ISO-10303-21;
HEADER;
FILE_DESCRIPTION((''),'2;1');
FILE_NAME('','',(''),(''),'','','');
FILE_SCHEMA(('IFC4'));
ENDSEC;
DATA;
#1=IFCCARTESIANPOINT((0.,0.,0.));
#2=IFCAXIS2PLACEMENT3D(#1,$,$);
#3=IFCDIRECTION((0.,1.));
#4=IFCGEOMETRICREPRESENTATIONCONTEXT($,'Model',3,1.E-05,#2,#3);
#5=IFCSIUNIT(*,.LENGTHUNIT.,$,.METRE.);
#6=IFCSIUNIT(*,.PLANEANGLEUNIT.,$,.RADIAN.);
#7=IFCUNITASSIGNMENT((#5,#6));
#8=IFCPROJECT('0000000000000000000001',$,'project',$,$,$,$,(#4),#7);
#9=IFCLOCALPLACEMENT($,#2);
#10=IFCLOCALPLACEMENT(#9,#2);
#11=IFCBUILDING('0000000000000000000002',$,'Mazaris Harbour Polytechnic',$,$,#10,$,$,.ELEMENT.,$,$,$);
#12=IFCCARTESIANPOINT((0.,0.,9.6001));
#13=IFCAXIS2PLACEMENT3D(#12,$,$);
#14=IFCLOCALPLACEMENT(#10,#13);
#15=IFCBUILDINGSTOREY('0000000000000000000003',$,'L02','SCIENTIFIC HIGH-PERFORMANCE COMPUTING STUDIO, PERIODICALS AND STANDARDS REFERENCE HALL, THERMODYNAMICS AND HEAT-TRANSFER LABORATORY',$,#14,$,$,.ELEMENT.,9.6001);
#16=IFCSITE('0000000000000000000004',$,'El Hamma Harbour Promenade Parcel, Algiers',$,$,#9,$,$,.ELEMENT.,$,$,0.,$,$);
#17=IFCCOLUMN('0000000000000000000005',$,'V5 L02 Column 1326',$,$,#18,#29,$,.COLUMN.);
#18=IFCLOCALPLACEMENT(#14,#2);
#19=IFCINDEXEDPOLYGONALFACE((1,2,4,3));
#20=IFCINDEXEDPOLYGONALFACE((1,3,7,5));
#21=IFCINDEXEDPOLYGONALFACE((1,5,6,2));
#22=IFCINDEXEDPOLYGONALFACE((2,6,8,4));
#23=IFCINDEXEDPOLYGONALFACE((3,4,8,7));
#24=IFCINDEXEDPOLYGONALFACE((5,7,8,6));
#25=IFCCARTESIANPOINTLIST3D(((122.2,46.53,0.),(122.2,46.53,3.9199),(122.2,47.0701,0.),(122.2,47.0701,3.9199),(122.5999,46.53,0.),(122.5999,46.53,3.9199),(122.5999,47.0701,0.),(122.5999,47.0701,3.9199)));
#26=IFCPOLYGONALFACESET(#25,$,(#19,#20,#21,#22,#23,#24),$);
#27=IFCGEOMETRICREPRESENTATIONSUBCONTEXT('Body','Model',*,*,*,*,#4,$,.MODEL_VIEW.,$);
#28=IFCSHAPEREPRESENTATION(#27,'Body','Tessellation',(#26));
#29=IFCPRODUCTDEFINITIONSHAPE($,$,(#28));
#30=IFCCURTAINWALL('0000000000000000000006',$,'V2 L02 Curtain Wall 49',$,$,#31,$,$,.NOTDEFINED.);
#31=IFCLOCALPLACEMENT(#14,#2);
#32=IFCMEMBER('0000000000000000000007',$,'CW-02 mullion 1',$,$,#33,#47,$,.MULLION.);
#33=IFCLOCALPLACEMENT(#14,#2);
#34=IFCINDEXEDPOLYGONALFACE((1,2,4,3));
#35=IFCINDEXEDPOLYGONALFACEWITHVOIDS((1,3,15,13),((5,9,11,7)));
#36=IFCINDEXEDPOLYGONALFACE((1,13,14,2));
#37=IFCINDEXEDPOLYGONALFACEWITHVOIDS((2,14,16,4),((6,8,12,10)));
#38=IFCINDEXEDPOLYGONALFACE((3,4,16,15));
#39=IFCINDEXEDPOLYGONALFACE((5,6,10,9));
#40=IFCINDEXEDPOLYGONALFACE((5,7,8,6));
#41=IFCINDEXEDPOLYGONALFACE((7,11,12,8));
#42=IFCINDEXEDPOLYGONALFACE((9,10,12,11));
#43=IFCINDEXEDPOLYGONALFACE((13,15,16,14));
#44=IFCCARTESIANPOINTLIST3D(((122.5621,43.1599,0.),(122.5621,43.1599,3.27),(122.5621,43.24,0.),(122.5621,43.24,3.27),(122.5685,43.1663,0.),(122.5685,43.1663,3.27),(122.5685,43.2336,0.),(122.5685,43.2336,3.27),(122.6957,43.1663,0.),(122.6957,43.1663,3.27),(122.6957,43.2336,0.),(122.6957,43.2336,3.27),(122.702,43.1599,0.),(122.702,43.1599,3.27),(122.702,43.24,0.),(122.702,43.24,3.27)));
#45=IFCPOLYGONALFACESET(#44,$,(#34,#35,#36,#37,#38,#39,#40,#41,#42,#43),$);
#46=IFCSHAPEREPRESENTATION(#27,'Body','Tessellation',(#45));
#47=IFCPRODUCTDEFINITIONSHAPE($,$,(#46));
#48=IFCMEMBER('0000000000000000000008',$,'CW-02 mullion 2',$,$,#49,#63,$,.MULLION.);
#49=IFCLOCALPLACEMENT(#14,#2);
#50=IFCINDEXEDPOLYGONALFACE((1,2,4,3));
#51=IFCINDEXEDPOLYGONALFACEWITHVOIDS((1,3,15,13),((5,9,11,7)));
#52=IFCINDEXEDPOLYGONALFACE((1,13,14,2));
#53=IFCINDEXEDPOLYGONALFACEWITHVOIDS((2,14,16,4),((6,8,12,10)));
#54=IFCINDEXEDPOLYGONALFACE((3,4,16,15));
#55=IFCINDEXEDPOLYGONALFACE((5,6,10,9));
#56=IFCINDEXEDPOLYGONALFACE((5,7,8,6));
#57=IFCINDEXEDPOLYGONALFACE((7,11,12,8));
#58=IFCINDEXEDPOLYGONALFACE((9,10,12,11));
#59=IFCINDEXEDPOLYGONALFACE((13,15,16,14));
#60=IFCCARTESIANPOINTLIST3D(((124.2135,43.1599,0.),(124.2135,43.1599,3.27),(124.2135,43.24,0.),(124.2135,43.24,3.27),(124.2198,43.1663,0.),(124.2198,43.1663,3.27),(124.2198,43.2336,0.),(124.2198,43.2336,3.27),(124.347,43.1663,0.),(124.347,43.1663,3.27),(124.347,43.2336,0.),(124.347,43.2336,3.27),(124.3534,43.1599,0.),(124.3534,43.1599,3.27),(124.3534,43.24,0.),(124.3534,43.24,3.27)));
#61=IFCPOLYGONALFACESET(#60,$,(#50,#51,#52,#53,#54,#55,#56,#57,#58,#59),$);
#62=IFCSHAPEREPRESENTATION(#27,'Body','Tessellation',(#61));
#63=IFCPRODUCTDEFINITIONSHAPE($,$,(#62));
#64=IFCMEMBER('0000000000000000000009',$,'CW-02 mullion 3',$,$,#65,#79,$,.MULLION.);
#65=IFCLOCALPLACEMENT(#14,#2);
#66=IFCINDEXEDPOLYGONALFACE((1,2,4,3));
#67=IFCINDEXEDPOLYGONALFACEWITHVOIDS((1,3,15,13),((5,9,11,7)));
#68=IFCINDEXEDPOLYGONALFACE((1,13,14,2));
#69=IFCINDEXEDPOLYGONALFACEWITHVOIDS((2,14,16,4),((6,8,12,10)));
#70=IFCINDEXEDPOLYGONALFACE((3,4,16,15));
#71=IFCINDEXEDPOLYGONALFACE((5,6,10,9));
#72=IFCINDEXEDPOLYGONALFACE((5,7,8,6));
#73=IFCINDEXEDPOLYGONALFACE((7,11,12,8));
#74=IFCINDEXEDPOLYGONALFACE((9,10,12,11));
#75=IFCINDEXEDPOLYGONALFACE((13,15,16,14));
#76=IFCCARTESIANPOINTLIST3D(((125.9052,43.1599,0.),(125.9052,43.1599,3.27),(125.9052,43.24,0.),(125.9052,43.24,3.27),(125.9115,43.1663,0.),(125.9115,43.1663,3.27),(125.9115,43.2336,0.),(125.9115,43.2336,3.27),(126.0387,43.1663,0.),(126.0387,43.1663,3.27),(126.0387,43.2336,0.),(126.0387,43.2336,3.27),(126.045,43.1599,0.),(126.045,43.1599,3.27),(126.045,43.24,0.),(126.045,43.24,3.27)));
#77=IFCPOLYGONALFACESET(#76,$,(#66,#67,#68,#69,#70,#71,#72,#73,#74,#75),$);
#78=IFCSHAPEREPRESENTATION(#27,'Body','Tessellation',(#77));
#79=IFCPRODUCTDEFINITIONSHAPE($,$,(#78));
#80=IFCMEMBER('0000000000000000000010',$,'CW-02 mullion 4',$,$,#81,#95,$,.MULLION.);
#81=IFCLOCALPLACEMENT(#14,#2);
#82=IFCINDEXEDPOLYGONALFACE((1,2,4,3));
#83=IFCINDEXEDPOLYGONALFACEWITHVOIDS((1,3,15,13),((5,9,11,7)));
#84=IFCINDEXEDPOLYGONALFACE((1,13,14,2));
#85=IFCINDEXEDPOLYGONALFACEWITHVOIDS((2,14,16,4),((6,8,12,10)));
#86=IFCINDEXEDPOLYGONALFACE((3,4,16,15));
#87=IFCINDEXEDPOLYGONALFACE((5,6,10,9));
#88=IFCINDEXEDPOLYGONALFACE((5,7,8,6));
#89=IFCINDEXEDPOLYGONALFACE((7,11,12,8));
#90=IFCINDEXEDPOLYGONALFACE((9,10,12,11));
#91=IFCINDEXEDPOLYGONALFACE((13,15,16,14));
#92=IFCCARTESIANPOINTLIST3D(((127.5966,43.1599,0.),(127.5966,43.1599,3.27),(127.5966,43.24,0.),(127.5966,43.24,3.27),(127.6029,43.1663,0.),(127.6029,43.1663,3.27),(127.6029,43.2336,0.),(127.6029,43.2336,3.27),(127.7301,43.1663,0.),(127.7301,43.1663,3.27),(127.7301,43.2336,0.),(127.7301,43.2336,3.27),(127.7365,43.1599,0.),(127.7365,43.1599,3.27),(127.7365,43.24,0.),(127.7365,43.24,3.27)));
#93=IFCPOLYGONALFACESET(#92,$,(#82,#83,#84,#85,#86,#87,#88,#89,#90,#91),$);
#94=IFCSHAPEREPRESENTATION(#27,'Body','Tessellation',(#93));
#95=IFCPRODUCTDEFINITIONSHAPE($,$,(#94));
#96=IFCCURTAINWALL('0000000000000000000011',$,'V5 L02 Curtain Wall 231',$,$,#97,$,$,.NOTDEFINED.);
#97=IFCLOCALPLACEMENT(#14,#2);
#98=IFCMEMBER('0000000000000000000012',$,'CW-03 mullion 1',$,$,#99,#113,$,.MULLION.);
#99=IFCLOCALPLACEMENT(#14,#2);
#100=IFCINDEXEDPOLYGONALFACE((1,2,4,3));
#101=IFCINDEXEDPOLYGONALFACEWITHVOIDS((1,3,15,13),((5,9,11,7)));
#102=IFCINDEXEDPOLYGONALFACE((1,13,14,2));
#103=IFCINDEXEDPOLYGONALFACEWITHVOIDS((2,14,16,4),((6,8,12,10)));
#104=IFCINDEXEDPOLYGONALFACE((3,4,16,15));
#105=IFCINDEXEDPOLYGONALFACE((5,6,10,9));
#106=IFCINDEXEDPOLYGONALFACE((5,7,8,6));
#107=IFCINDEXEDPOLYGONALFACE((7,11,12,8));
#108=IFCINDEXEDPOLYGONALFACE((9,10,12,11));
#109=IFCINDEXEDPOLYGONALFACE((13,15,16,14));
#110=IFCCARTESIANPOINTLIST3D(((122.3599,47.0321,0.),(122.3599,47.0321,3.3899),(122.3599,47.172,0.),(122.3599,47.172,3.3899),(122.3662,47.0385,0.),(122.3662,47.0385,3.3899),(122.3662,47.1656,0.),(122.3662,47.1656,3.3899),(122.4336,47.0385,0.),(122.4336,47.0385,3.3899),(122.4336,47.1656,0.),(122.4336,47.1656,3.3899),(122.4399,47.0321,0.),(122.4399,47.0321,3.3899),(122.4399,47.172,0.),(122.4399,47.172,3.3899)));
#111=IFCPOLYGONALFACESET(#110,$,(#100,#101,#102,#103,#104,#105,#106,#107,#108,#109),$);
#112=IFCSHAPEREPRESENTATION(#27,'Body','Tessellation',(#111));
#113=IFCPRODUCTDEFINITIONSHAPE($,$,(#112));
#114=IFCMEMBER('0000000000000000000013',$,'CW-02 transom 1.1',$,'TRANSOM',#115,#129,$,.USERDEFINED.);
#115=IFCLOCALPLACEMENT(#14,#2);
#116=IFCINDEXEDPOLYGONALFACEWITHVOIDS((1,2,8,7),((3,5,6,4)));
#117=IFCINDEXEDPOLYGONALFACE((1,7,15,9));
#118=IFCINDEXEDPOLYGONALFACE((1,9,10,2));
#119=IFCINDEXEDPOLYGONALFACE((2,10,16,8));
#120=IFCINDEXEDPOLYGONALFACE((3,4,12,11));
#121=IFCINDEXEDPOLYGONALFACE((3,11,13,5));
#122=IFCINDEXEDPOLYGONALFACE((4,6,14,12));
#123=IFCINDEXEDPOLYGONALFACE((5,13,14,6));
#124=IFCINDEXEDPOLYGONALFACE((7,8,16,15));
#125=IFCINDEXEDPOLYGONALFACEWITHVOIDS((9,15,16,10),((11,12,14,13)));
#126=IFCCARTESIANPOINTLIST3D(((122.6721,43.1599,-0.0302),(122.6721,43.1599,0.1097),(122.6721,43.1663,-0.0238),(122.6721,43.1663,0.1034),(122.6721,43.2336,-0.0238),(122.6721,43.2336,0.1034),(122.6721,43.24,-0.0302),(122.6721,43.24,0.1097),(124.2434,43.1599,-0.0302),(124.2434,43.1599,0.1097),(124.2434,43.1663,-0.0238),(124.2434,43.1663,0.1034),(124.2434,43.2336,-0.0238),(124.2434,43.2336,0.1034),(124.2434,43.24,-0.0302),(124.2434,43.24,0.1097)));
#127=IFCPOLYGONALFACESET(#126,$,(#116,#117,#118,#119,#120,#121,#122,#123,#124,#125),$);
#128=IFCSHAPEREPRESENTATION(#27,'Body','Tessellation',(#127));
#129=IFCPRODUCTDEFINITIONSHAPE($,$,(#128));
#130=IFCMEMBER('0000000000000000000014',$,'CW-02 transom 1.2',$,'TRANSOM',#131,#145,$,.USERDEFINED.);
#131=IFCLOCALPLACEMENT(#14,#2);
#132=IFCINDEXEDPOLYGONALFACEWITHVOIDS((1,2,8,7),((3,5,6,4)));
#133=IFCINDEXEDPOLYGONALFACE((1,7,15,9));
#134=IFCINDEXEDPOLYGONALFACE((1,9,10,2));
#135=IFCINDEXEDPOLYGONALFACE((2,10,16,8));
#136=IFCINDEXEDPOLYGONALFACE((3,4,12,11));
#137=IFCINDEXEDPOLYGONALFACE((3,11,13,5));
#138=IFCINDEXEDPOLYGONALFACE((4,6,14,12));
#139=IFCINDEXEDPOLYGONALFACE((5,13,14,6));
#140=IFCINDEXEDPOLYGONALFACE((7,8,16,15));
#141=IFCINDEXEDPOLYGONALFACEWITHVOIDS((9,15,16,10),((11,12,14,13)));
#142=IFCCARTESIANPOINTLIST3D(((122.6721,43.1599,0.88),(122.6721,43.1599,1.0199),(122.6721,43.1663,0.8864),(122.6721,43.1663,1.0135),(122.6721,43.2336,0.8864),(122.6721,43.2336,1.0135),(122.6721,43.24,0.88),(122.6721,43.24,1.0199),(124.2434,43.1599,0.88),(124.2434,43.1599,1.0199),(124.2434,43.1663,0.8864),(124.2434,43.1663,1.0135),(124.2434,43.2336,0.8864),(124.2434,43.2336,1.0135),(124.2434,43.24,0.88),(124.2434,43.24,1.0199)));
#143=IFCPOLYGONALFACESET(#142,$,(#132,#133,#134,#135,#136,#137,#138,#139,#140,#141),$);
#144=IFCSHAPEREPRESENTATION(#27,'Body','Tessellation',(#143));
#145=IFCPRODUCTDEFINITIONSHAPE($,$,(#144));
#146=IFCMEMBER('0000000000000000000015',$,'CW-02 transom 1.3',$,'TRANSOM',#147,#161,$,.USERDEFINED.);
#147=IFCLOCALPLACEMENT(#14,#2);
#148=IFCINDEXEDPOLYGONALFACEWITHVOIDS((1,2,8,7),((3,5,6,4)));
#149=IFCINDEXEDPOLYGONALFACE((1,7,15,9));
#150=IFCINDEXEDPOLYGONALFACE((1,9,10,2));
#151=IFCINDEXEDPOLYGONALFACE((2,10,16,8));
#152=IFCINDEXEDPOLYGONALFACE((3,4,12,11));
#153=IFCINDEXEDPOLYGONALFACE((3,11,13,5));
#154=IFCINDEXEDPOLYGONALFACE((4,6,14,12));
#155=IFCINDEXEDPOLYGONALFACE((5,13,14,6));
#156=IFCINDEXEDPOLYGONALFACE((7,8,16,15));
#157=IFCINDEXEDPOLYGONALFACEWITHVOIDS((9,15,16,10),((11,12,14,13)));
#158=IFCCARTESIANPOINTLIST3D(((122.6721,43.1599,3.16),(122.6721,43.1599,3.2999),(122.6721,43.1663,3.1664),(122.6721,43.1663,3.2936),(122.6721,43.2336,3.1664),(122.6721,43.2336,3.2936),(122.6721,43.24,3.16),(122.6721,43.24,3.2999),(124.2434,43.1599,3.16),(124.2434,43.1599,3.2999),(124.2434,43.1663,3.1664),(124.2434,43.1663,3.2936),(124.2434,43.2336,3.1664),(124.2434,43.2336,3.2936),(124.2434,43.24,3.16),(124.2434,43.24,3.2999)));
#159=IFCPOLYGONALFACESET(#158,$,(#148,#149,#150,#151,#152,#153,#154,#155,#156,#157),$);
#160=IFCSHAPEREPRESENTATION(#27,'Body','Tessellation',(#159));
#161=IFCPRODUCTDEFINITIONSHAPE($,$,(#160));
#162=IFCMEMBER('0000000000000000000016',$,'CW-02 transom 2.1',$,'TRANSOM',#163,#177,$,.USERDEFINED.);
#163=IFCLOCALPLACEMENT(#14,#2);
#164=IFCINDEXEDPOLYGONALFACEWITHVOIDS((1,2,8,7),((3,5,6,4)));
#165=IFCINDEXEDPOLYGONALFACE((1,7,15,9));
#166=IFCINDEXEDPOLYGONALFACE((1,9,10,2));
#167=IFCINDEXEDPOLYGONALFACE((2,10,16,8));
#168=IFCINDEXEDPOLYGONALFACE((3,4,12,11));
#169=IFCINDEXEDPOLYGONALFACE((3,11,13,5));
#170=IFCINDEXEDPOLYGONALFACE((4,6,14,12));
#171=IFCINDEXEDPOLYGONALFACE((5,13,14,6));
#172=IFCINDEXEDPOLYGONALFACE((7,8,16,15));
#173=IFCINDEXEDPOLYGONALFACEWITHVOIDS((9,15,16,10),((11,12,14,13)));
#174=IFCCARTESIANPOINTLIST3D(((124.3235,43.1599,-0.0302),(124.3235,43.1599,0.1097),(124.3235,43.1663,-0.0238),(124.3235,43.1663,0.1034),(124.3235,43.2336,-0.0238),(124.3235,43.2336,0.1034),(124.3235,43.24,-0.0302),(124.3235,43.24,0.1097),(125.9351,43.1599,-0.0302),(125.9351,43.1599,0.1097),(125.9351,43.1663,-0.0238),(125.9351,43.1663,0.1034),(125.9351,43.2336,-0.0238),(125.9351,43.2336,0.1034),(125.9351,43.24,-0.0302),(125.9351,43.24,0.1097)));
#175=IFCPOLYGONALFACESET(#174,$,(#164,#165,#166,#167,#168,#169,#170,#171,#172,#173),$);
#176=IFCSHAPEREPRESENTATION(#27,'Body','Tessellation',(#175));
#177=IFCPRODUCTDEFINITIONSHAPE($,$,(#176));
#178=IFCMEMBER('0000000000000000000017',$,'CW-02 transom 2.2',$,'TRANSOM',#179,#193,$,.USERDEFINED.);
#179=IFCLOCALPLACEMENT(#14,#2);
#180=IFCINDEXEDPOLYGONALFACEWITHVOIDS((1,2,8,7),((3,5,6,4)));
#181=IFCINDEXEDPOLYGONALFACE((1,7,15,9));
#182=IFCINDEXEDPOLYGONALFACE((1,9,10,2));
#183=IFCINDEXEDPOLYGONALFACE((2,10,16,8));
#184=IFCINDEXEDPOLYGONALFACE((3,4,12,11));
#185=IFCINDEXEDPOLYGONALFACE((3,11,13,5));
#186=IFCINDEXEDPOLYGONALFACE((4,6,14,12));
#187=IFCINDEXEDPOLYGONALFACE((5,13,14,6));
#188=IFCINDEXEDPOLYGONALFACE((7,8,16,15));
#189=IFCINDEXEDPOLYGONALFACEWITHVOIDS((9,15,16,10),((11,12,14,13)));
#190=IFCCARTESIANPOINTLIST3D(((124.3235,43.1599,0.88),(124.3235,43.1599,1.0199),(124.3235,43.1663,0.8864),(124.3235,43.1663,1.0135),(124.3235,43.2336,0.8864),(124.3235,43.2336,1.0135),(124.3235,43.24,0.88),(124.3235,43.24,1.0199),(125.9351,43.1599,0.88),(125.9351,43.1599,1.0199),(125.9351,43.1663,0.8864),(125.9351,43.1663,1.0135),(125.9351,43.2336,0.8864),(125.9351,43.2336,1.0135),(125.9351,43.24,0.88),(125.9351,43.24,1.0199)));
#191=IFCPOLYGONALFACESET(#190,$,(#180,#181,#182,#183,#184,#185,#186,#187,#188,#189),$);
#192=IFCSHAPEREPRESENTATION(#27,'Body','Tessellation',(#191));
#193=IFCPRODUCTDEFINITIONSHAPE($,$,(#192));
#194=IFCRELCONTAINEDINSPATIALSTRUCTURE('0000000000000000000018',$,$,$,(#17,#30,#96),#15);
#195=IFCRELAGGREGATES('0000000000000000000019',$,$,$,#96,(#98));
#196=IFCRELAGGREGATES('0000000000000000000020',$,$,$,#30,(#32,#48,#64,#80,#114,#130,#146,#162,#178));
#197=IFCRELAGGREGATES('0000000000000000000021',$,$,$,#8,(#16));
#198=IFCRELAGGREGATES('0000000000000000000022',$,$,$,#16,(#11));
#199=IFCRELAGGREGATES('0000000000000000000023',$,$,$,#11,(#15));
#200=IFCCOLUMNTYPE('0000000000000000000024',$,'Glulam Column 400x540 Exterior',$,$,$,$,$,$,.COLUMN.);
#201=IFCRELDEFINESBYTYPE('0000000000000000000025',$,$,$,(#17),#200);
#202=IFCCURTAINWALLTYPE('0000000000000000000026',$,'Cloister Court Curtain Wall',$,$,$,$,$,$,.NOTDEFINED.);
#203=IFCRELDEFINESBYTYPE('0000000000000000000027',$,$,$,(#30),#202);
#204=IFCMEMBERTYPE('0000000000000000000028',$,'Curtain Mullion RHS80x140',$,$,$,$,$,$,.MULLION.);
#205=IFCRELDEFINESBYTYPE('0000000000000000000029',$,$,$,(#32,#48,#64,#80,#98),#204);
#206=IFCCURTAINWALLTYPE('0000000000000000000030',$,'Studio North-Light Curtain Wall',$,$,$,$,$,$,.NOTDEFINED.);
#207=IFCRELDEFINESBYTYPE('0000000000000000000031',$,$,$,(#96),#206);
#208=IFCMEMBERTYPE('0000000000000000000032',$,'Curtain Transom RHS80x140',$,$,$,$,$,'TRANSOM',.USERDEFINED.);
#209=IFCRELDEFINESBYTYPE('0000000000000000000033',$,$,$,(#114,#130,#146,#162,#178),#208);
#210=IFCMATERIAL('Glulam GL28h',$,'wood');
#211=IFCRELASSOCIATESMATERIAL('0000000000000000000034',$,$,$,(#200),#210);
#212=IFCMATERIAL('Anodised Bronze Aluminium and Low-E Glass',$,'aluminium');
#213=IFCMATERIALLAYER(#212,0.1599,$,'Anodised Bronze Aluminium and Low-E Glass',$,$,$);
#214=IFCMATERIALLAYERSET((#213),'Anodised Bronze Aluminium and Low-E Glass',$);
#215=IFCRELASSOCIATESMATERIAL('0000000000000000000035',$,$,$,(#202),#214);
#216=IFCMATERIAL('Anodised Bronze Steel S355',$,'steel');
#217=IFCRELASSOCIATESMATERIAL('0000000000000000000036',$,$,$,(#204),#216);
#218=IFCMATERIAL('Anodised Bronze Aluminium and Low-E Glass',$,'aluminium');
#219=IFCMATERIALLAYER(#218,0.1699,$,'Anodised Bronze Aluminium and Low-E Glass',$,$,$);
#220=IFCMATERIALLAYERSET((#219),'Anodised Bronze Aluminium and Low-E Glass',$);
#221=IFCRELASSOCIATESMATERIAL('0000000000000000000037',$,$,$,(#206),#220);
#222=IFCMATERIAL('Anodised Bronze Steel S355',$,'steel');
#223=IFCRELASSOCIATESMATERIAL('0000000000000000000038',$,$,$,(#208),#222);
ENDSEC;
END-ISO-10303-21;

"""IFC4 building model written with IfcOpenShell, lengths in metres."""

from ifc_helpers import new_model, si_unit, direction, frame, origin, origin_2d, place, context, subcontext, project, spatial, rectangle, hollow_rectangle, extrude, material, layer, layer_set, material_profile, profile_set, type_object, element, aggregate, save


model = new_model("IFC4")

# Units and contexts
model_context = context("Model", 3, precision=1e-05, world=origin(), true_north=direction((0.0, 1.0)))
body_context = subcontext(model_context, "Body", "Model", "MODEL_VIEW")
ifc_project = project(units=[si_unit("LENGTHUNIT", "METRE"), si_unit("PLANEANGLEUNIT", "RADIAN")], contexts=[model_context])

# Site, building, storey
site_placement = place(None, origin())
site = spatial("IfcSite", under=ifc_project, at=site_placement, Name="El Hamma Harbour Promenade Parcel, Algiers", CompositionType="ELEMENT", RefElevation=0.0)
building_placement = place(site_placement, origin())
building = spatial("IfcBuilding", under=site, at=building_placement, Name="Mazaris Harbour Polytechnic", CompositionType="ELEMENT")
storey_placement = place(building_placement, frame((0.0, 0.0, 9.6001)))
storey = spatial("IfcBuildingStorey", under=building, at=storey_placement, Name="L02", Description="SCIENTIFIC HIGH-PERFORMANCE COMPUTING STUDIO, PERIODICALS AND STANDARDS REFERENCE HALL, THERMODYNAMICS AND HEAT-TRANSFER LABORATORY", CompositionType="ELEMENT", Elevation=9.6001)

# Column
ifc_material_1 = material(Name="Glulam GL28h", Category="wood")
ifc_material_profile_1 = material_profile(ifc_material_1, rectangle(XDim=0.3999, YDim=0.54, at=origin_2d()), Name="RECT400x540")
ifc_profile_set_1 = profile_set([ifc_material_profile_1], Name="Glulam GL28h")
column_type = type_object("IfcColumnType", Name="Glulam Column 400x540 Exterior", PredefinedType="COLUMN", material=ifc_profile_set_1)
column_placement = place(storey_placement, frame((122.3999, 46.8, 0.0), z_axis=(0.0, 0.0, 1.0), x_axis=(1.0, 0.0, 0.0)))
element("IfcColumn", 1, at=column_placement, inside=storey, type_object=column_type, Name="V5 L02 Column 1326", PredefinedType="COLUMN", context=body_context, shape_type="SweptSolid", body=[
    extrude(rectangle(XDim=0.3999, YDim=0.54, at=origin_2d()), origin(), (0.0, 0.0, 1.0), 3.9199),
])

# Curtain wall, members
ifc_material_2 = material(Name="Anodised Bronze Aluminium and Low-E Glass", Category="aluminium")
ifc_layer_1 = layer(ifc_material_2, 0.1599, Name="Anodised Bronze Aluminium and Low-E Glass")
ifc_layer_set_1 = layer_set([ifc_layer_1], Name="Anodised Bronze Aluminium and Low-E Glass")
curtain_wall_type_1 = type_object("IfcCurtainWallType", Name="Cloister Court Curtain Wall", PredefinedType="NOTDEFINED", material=ifc_layer_set_1)
curtain_wall_1_placement = place(storey_placement, origin())
curtain_wall_1 = element("IfcCurtainWall", 2, at=curtain_wall_1_placement, inside=storey, type_object=curtain_wall_type_1, Name="V2 L02 Curtain Wall 49", PredefinedType="NOTDEFINED")
ifc_material_3 = material(Name="Anodised Bronze Steel S355", Category="steel")
ifc_material_profile_2 = material_profile(ifc_material_3, hollow_rectangle(XDim=0.0801, YDim=0.1399, WallThickness=0.0063, at=origin_2d()), Name="RHS 80x140x6.3")
ifc_profile_set_2 = profile_set([ifc_material_profile_2], Name="Anodised Bronze Steel S355")
member_type_1 = type_object("IfcMemberType", Name="Curtain Mullion RHS80x140", PredefinedType="MULLION", material=ifc_profile_set_2)
member_1_placement = place(storey_placement, frame((122.6321, 43.2, 0.0), z_axis=(0.0, 0.0, 1.0), x_axis=(0.0, 1.0, 0.0)))
member_1 = element("IfcMember", 3, at=member_1_placement, type_object=member_type_1, Name="CW-02 mullion 1", PredefinedType="MULLION", context=body_context, shape_type="SweptSolid", body=[
    extrude(hollow_rectangle(XDim=0.0801, YDim=0.1399, WallThickness=0.0063, at=origin_2d()), origin(), (0.0, 0.0, 1.0), 3.27),
])
member_2_placement = place(storey_placement, frame((124.2834, 43.2, 0.0), z_axis=(0.0, 0.0, 1.0), x_axis=(0.0, 1.0, 0.0)))
member_2 = element("IfcMember", 4, at=member_2_placement, type_object=member_type_1, Name="CW-02 mullion 2", PredefinedType="MULLION", context=body_context, shape_type="SweptSolid", body=[
    extrude(hollow_rectangle(XDim=0.0801, YDim=0.1399, WallThickness=0.0063, at=origin_2d()), origin(), (0.0, 0.0, 1.0), 3.27),
])
member_3_placement = place(storey_placement, frame((125.9751, 43.2, 0.0), z_axis=(0.0, 0.0, 1.0), x_axis=(0.0, 1.0, 0.0)))
member_3 = element("IfcMember", 5, at=member_3_placement, type_object=member_type_1, Name="CW-02 mullion 3", PredefinedType="MULLION", context=body_context, shape_type="SweptSolid", body=[
    extrude(hollow_rectangle(XDim=0.0801, YDim=0.1399, WallThickness=0.0063, at=origin_2d()), origin(), (0.0, 0.0, 1.0), 3.27),
])
member_4_placement = place(storey_placement, frame((127.6665, 43.2, 0.0), z_axis=(0.0, 0.0, 1.0), x_axis=(0.0, 1.0, 0.0)))
member_4 = element("IfcMember", 6, at=member_4_placement, type_object=member_type_1, Name="CW-02 mullion 4", PredefinedType="MULLION", context=body_context, shape_type="SweptSolid", body=[
    extrude(hollow_rectangle(XDim=0.0801, YDim=0.1399, WallThickness=0.0063, at=origin_2d()), origin(), (0.0, 0.0, 1.0), 3.27),
])

# Curtain wall, member
ifc_material_4 = material(Name="Anodised Bronze Aluminium and Low-E Glass", Category="aluminium")
ifc_layer_2 = layer(ifc_material_4, 0.1699, Name="Anodised Bronze Aluminium and Low-E Glass")
ifc_layer_set_2 = layer_set([ifc_layer_2], Name="Anodised Bronze Aluminium and Low-E Glass")
curtain_wall_type_2 = type_object("IfcCurtainWallType", Name="Studio North-Light Curtain Wall", PredefinedType="NOTDEFINED", material=ifc_layer_set_2)
curtain_wall_2_placement = place(storey_placement, origin())
curtain_wall_2 = element("IfcCurtainWall", 7, at=curtain_wall_2_placement, inside=storey, type_object=curtain_wall_type_2, Name="V5 L02 Curtain Wall 231", PredefinedType="NOTDEFINED")
member_5_placement = place(storey_placement, frame((122.3999, 47.1021, 0.0), z_axis=(0.0, 0.0, 1.0), x_axis=(-1.0, 0.0, 0.0)))
member_5 = element("IfcMember", 8, at=member_5_placement, type_object=member_type_1, Name="CW-03 mullion 1", PredefinedType="MULLION", context=body_context, shape_type="SweptSolid", body=[
    extrude(hollow_rectangle(XDim=0.0801, YDim=0.1399, WallThickness=0.0063, at=origin_2d()), origin(), (0.0, 0.0, 1.0), 3.3899),
])
aggregate(curtain_wall_2, [member_5])

# Members
ifc_material_5 = material(Name="Anodised Bronze Steel S355", Category="steel")
ifc_material_profile_3 = material_profile(ifc_material_5, hollow_rectangle(XDim=0.0801, YDim=0.1399, WallThickness=0.0063, at=origin_2d()), Name="RHS 80x140x6.3")
ifc_profile_set_3 = profile_set([ifc_material_profile_3], Name="Anodised Bronze Steel S355")
member_type_2 = type_object("IfcMemberType", Name="Curtain Transom RHS80x140", ElementType="TRANSOM", PredefinedType="USERDEFINED", material=ifc_profile_set_3)
member_6_placement = place(storey_placement, frame((122.6721, 43.2, 0.0398), z_axis=(1.0, 0.0, 0.0), x_axis=(0.0, 1.0, 0.0)))
member_6 = element("IfcMember", 9, at=member_6_placement, type_object=member_type_2, Name="CW-02 transom 1.1", ObjectType="TRANSOM", PredefinedType="USERDEFINED", context=body_context, shape_type="SweptSolid", body=[
    extrude(hollow_rectangle(XDim=0.0801, YDim=0.1399, WallThickness=0.0063, at=origin_2d()), origin(), (0.0, 0.0, 1.0), 1.5713),
])
member_7_placement = place(storey_placement, frame((122.6721, 43.2, 0.95), z_axis=(1.0, 0.0, 0.0), x_axis=(0.0, 1.0, 0.0)))
member_7 = element("IfcMember", 10, at=member_7_placement, type_object=member_type_2, Name="CW-02 transom 1.2", ObjectType="TRANSOM", PredefinedType="USERDEFINED", context=body_context, shape_type="SweptSolid", body=[
    extrude(hollow_rectangle(XDim=0.0801, YDim=0.1399, WallThickness=0.0063, at=origin_2d()), origin(), (0.0, 0.0, 1.0), 1.5713),
])
member_8_placement = place(storey_placement, frame((122.6721, 43.2, 3.23), z_axis=(1.0, 0.0, 0.0), x_axis=(0.0, 1.0, 0.0)))
member_8 = element("IfcMember", 11, at=member_8_placement, type_object=member_type_2, Name="CW-02 transom 1.3", ObjectType="TRANSOM", PredefinedType="USERDEFINED", context=body_context, shape_type="SweptSolid", body=[
    extrude(hollow_rectangle(XDim=0.0801, YDim=0.1399, WallThickness=0.0063, at=origin_2d()), origin(), (0.0, 0.0, 1.0), 1.5713),
])
member_9_placement = place(storey_placement, frame((124.3235, 43.2, 0.0398), z_axis=(1.0, 0.0, 0.0), x_axis=(0.0, 1.0, 0.0)))
member_9 = element("IfcMember", 12, at=member_9_placement, type_object=member_type_2, Name="CW-02 transom 2.1", ObjectType="TRANSOM", PredefinedType="USERDEFINED", context=body_context, shape_type="SweptSolid", body=[
    extrude(hollow_rectangle(XDim=0.0801, YDim=0.1399, WallThickness=0.0063, at=origin_2d()), origin(), (0.0, 0.0, 1.0), 1.6116),
])
member_10_placement = place(storey_placement, frame((124.3235, 43.2, 0.95), z_axis=(1.0, 0.0, 0.0), x_axis=(0.0, 1.0, 0.0)))
member_10 = element("IfcMember", 13, at=member_10_placement, type_object=member_type_2, Name="CW-02 transom 2.2", ObjectType="TRANSOM", PredefinedType="USERDEFINED", context=body_context, shape_type="SweptSolid", body=[
    extrude(hollow_rectangle(XDim=0.0801, YDim=0.1399, WallThickness=0.0063, at=origin_2d()), origin(), (0.0, 0.0, 1.0), 1.6116),
])

aggregate(curtain_wall_1, [member_1, member_2, member_3, member_4, member_6, member_7, member_8, member_9, member_10])

save(model, "model.ifc")
